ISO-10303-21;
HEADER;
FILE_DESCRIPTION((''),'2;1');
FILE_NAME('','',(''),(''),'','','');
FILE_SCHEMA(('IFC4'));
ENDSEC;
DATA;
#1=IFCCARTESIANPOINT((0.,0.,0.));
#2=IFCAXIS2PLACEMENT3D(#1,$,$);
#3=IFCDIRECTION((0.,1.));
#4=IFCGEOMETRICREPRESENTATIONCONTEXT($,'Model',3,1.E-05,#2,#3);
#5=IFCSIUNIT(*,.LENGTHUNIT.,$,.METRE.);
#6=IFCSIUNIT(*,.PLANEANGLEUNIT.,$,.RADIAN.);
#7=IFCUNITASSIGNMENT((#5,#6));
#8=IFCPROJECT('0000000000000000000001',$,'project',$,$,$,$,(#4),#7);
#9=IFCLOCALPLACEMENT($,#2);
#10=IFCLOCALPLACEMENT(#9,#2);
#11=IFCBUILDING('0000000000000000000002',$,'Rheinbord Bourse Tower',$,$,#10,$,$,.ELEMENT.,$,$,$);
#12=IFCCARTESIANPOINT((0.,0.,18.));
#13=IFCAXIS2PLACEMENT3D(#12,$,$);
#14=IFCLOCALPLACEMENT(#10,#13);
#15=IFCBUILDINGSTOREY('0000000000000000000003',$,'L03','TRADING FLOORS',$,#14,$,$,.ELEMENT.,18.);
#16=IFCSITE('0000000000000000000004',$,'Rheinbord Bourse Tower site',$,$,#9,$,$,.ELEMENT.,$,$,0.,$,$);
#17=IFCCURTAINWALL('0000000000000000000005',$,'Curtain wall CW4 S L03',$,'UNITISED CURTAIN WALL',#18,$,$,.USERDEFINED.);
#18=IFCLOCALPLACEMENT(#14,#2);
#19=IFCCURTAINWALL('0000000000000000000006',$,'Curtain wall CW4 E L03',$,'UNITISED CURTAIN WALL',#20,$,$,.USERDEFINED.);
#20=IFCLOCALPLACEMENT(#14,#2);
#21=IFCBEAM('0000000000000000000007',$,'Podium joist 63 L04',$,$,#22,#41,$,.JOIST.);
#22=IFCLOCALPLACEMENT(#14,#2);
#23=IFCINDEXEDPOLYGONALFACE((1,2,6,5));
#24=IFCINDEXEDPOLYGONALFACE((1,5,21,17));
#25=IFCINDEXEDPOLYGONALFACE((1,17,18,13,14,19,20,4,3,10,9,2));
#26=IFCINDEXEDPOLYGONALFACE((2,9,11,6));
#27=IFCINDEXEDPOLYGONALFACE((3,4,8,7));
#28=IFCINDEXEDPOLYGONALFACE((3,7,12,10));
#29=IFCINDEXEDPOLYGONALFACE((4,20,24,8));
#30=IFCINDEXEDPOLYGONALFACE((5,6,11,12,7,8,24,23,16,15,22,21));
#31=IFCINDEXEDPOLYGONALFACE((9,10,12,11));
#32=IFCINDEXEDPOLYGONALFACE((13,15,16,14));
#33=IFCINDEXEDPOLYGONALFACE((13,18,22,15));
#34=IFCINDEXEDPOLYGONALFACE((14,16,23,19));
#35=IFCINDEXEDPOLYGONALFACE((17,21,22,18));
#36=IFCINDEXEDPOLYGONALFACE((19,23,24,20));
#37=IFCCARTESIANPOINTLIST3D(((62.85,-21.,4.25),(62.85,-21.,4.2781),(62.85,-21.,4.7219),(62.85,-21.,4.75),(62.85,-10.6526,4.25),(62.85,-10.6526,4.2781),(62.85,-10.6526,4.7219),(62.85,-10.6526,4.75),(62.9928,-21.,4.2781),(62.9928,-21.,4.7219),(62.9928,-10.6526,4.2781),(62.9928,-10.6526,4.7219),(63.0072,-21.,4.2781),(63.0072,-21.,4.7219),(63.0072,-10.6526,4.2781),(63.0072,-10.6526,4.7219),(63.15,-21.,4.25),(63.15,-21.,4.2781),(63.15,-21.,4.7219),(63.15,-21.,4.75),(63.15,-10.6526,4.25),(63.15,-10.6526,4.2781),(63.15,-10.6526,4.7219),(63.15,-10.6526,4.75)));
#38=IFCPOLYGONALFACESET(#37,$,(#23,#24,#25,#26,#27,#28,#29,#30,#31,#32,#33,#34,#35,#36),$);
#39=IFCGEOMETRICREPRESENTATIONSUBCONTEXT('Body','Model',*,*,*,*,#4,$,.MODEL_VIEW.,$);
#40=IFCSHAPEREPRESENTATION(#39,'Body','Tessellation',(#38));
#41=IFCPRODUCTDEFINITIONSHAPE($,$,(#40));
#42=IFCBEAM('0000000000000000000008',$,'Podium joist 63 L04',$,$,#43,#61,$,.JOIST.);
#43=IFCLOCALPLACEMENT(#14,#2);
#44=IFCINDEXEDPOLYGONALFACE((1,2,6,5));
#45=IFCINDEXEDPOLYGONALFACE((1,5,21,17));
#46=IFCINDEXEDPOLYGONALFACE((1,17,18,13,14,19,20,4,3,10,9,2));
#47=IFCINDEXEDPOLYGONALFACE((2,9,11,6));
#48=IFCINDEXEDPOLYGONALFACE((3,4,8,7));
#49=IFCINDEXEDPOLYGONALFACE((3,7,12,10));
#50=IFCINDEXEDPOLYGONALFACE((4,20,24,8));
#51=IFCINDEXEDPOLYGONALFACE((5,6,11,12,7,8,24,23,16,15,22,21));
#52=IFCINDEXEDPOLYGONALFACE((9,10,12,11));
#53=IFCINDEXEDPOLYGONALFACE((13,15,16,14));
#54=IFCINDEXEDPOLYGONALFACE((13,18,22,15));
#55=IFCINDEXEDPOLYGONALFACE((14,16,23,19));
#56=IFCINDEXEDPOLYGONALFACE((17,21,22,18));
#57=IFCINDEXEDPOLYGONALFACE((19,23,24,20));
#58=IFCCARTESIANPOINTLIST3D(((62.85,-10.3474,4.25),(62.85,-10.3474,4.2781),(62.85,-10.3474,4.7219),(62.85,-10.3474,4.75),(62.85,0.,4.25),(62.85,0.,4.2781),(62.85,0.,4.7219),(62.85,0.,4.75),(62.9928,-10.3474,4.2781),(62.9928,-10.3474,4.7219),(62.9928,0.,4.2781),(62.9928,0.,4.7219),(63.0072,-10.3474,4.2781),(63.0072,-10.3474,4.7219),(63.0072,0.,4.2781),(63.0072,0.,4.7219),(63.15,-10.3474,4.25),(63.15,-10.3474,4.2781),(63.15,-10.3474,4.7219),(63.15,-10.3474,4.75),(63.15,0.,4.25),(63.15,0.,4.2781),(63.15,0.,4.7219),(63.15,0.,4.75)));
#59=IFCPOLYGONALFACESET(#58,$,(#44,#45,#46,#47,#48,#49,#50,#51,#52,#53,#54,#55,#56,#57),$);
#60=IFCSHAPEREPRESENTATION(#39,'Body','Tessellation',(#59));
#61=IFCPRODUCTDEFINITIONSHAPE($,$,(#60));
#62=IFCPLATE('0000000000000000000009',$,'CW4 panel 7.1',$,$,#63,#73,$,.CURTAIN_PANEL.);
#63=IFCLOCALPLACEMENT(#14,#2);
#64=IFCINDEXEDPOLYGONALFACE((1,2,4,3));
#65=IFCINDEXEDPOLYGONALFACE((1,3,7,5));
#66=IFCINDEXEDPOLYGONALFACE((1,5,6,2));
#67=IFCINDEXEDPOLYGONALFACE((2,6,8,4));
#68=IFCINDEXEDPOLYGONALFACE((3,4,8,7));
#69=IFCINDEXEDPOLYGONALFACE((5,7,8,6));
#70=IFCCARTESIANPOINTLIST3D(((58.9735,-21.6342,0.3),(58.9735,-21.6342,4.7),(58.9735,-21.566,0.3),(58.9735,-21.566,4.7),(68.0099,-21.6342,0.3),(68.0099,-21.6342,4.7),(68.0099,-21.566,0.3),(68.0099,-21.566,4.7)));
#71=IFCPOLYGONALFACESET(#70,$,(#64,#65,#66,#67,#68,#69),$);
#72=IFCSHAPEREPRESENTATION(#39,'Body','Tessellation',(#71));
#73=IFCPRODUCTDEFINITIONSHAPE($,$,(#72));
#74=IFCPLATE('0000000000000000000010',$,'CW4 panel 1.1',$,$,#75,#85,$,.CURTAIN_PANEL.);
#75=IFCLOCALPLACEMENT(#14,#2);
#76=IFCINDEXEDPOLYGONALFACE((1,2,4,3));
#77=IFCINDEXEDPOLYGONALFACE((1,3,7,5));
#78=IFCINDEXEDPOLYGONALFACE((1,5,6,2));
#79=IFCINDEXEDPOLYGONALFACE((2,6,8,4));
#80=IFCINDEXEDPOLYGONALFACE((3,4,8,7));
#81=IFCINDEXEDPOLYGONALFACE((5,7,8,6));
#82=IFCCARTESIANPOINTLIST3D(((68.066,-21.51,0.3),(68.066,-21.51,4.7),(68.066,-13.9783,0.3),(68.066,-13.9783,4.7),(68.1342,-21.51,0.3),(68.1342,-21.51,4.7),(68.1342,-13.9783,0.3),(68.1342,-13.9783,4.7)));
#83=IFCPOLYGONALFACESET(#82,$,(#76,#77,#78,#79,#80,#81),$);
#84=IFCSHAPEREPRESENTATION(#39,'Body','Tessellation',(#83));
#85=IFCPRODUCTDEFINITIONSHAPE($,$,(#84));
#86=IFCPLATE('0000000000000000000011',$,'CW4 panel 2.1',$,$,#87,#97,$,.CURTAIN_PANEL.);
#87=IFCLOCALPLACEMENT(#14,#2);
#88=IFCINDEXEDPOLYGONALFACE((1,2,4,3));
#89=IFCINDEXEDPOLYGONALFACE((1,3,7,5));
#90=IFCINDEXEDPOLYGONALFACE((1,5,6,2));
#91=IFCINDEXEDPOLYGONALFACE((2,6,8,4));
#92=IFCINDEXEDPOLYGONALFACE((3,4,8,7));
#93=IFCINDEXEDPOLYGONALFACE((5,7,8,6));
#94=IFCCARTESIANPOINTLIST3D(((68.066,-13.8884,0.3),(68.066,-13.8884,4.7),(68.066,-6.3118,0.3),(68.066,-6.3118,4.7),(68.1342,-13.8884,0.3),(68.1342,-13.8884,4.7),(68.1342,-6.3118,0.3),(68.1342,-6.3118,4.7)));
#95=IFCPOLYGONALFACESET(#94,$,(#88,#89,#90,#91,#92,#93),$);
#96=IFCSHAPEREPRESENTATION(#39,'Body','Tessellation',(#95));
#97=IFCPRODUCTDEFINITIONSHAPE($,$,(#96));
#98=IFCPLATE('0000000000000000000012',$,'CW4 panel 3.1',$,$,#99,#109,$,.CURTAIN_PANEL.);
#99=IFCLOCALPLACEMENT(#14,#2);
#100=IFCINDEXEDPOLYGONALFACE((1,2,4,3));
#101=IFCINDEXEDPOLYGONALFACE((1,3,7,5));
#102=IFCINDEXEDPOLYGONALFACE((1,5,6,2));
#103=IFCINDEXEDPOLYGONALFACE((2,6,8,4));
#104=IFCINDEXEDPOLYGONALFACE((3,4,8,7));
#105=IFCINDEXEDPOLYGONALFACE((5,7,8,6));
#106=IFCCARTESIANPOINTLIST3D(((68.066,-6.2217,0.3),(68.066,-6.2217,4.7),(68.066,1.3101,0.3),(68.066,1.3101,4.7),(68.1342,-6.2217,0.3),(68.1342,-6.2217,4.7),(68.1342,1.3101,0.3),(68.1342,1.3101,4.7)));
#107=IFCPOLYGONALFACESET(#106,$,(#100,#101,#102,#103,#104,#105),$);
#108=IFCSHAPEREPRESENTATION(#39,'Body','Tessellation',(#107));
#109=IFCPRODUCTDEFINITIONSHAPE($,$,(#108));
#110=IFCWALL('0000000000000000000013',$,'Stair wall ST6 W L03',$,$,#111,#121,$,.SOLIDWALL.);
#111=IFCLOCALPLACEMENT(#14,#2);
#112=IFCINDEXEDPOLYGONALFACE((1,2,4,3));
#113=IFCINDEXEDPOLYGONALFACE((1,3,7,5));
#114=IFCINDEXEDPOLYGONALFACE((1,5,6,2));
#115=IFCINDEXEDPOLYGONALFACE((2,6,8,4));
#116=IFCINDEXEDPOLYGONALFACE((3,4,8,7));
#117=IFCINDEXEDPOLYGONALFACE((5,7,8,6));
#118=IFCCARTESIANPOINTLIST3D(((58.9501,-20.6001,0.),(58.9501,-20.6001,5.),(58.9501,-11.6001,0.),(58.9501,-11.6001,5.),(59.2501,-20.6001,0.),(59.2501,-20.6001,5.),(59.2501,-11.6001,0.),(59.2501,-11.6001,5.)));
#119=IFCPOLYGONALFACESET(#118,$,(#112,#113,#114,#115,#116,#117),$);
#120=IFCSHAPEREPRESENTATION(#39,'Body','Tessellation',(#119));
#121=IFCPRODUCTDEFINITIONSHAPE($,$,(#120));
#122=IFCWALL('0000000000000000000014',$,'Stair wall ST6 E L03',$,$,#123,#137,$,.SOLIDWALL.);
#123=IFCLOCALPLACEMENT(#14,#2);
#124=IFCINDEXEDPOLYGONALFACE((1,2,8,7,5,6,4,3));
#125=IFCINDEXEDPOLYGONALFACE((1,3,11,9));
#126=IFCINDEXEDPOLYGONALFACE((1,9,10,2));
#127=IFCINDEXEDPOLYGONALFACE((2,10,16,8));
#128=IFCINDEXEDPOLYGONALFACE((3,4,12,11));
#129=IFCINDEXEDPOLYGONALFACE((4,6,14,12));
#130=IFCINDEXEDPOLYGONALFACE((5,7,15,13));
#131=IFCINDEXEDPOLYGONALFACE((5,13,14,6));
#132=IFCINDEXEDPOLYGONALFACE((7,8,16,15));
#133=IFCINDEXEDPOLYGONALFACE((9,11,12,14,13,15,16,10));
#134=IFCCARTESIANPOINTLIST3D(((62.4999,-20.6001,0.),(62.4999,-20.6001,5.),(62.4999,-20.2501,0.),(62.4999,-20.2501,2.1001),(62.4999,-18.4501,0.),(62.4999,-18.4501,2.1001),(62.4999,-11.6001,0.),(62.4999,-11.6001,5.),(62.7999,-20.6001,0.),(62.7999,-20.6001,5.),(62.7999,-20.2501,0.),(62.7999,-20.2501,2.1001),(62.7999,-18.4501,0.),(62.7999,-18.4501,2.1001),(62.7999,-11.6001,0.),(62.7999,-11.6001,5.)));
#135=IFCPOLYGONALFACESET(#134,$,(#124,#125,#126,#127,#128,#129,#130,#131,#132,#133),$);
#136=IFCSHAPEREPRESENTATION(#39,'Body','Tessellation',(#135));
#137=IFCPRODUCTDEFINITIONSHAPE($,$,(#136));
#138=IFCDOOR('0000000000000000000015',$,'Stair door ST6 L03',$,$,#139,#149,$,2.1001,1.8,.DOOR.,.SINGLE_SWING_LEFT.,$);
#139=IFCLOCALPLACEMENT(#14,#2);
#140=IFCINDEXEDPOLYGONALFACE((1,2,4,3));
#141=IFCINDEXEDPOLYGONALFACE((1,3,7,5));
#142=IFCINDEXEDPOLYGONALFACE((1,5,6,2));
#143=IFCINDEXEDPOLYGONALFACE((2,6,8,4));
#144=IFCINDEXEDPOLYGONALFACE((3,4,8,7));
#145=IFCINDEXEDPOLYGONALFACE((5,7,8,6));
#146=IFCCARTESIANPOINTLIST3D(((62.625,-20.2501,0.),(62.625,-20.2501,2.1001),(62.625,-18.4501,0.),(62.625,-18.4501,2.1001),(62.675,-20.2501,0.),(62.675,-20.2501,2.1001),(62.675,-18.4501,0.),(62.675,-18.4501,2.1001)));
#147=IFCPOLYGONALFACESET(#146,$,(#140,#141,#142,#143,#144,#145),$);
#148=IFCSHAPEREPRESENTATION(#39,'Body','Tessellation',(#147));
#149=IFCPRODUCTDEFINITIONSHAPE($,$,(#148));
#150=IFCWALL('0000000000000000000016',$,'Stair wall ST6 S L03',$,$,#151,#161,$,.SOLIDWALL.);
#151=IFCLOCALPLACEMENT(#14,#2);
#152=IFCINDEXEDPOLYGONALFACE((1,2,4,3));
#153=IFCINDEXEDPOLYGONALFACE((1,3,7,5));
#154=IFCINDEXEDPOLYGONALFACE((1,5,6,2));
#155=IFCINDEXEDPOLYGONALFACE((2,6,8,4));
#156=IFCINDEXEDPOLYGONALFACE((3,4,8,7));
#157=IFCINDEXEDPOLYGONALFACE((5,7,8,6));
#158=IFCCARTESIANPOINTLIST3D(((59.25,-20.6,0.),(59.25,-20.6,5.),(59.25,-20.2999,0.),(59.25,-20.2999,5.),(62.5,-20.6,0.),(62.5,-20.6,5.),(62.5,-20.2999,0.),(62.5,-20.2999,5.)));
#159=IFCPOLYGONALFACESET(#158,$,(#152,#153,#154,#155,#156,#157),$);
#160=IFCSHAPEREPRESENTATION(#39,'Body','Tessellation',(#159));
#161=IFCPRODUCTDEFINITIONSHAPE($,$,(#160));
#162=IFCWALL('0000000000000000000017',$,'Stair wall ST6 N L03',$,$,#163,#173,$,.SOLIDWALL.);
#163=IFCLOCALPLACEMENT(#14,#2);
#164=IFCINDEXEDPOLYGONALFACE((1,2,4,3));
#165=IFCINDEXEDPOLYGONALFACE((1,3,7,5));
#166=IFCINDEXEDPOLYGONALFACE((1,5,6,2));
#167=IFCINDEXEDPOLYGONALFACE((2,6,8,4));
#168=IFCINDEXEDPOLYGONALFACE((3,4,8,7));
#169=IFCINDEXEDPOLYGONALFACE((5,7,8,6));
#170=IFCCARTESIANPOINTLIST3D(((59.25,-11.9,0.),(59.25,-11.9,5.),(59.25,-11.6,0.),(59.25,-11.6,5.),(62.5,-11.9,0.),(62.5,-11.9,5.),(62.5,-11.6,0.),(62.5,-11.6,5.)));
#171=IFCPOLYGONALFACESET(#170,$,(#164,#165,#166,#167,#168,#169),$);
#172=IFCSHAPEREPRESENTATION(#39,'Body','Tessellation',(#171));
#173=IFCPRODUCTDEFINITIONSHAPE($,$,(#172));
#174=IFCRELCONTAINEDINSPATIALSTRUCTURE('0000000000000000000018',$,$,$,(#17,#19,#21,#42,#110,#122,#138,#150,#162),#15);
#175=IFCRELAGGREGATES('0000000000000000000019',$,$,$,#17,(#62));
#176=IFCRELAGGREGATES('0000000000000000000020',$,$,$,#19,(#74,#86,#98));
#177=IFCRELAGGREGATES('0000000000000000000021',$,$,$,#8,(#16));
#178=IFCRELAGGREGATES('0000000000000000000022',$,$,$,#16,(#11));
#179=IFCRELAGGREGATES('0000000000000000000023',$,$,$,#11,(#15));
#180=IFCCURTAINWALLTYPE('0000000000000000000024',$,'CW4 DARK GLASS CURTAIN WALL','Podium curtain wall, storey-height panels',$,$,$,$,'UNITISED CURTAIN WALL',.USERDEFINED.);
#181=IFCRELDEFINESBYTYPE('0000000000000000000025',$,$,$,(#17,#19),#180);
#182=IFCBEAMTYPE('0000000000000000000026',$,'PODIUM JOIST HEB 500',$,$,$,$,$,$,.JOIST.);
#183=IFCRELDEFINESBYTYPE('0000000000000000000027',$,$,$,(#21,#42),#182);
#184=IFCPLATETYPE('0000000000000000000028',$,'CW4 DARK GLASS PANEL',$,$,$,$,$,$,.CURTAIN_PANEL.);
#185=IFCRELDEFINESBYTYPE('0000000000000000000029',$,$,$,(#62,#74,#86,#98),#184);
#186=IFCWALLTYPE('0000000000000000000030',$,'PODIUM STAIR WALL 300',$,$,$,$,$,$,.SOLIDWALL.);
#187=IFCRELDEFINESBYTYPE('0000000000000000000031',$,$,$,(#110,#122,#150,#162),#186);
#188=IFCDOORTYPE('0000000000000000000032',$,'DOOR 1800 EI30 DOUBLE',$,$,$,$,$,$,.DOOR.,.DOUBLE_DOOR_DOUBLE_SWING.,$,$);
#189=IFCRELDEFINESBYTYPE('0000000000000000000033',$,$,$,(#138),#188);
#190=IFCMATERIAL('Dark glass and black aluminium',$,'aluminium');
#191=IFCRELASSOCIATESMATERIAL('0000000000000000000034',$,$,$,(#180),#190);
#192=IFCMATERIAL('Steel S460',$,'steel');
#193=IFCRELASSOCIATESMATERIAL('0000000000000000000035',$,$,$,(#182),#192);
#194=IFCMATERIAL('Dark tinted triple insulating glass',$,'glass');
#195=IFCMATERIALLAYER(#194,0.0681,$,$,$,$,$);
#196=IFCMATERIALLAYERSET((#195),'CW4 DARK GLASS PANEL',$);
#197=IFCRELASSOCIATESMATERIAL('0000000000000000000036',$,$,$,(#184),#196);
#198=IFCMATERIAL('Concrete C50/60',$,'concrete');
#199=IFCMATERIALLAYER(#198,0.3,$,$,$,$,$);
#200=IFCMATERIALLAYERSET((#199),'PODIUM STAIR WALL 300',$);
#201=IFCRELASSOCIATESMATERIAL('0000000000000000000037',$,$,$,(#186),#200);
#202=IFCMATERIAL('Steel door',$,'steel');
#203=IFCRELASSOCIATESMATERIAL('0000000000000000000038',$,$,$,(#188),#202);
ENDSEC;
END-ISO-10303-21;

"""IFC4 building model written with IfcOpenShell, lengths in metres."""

from ifc_helpers import new_model, si_unit, direction, frame, frame_2d, origin, origin_2d, place, context, subcontext, project, spatial, rectangle, i_section, extrude, material, layer, layer_set, material_profile, profile_set, type_object, element, fill, aggregate, save


model = new_model("IFC4")

# Units and contexts
model_context = context("Model", 3, precision=1e-05, world=origin(), true_north=direction((0.0, 1.0)))
body_context = subcontext(model_context, "Body", "Model", "MODEL_VIEW")
ifc_project = project(units=[si_unit("LENGTHUNIT", "METRE"), si_unit("PLANEANGLEUNIT", "RADIAN")], contexts=[model_context])

# Site, building, storey
site_placement = place(None, origin())
site = spatial("IfcSite", under=ifc_project, at=site_placement, Name="Rheinbord Bourse Tower site", CompositionType="ELEMENT", RefElevation=0.0)
building_placement = place(site_placement, origin())
building = spatial("IfcBuilding", under=site, at=building_placement, Name="Rheinbord Bourse Tower", CompositionType="ELEMENT")
storey_placement = place(building_placement, frame((0.0, 0.0, 18.0)))
storey = spatial("IfcBuildingStorey", under=building, at=storey_placement, Name="L03", Description="TRADING FLOORS", CompositionType="ELEMENT", Elevation=18.0)

# Curtain walls
ifc_material_1 = material(Name="Dark glass and black aluminium", Category="aluminium")
curtain_wall_type = type_object("IfcCurtainWallType", Name="CW4 DARK GLASS CURTAIN WALL", Description="Podium curtain wall, storey-height panels", ElementType="UNITISED CURTAIN WALL", PredefinedType="USERDEFINED", material=ifc_material_1)
curtain_wall_1_placement = place(storey_placement, origin())
curtain_wall_1 = element("IfcCurtainWall", 1, at=curtain_wall_1_placement, inside=storey, type_object=curtain_wall_type, Name="Curtain wall CW4 S L03", ObjectType="UNITISED CURTAIN WALL", PredefinedType="USERDEFINED")
curtain_wall_2_placement = place(storey_placement, origin())
curtain_wall_2 = element("IfcCurtainWall", 2, at=curtain_wall_2_placement, inside=storey, type_object=curtain_wall_type, Name="Curtain wall CW4 E L03", ObjectType="UNITISED CURTAIN WALL", PredefinedType="USERDEFINED")

# Beams
ifc_material_2 = material(Name="Steel S460", Category="steel")
ifc_material_profile_1 = material_profile(ifc_material_2, i_section(OverallWidth=0.3, OverallDepth=0.5, WebThickness=0.0144, FlangeThickness=0.0281, at=origin_2d()), Name="HEB 500")
ifc_profile_set_1 = profile_set([ifc_material_profile_1], Name="Steel S460")
beam_type_1 = type_object("IfcBeamType", Name="PODIUM JOIST HEB 500", PredefinedType="JOIST", material=ifc_profile_set_1)
for number, where, z_axis, x_axis, name in (
    (3, (63.0, -21.0, 4.5), (0.0, 1.0, 0.0), (-1.0, 0.0, 0.0), "Podium joist 63 L04"),
    (4, (63.0, -10.3474, 4.5), (0.0, 1.0, 0.0), (-1.0, 0.0, 0.0), "Podium joist 63 L04"),
):
    element("IfcBeam", number, at=place(storey_placement, frame(where, z_axis=z_axis, x_axis=x_axis)), inside=storey, type_object=beam_type_1, Name=name, PredefinedType="JOIST", context=body_context, shape_type="SweptSolid", body=[
        extrude(i_section(OverallWidth=0.3, OverallDepth=0.5, WebThickness=0.0144, FlangeThickness=0.0281, at=origin_2d()), origin(), (0.0, 0.0, 1.0), 10.3474),
    ])

# Plates
ifc_material_3 = material(Name="Dark tinted triple insulating glass", Category="glass")
ifc_layer_1 = layer(ifc_material_3, 0.0681)
ifc_layer_set_1 = layer_set([ifc_layer_1], Name="CW4 DARK GLASS PANEL")
plate_type = type_object("IfcPlateType", Name="CW4 DARK GLASS PANEL", PredefinedType="CURTAIN_PANEL", material=ifc_layer_set_1)
plate_1_placement = place(storey_placement, frame((63.4917, -21.6001, 0.3), z_axis=(0.0, 0.0, 1.0), x_axis=(1.0, 0.0, 0.0)))
plate_1 = element("IfcPlate", 5, at=plate_1_placement, type_object=plate_type, Name="CW4 panel 7.1", PredefinedType="CURTAIN_PANEL", context=body_context, shape_type="SweptSolid", body=[
    extrude(rectangle(XDim=9.0364, YDim=0.0681, at=origin_2d()), origin(), (0.0, 0.0, 1.0), 4.3999),
])
aggregate(curtain_wall_1, [plate_1])
plate_2_placement = place(storey_placement, frame((68.1001, -17.7441, 0.3), z_axis=(0.0, 0.0, 1.0), x_axis=(0.0, 1.0, 0.0)))
plate_2 = element("IfcPlate", 6, at=plate_2_placement, type_object=plate_type, Name="CW4 panel 1.1", PredefinedType="CURTAIN_PANEL", context=body_context, shape_type="SweptSolid", body=[
    extrude(rectangle(XDim=7.5317, YDim=0.0681, at=origin_2d()), origin(), (0.0, 0.0, 1.0), 4.3999),
])
plate_3_placement = place(storey_placement, frame((68.1001, -10.1001, 0.3), z_axis=(0.0, 0.0, 1.0), x_axis=(0.0, 1.0, 0.0)))
plate_3 = element("IfcPlate", 7, at=plate_3_placement, type_object=plate_type, Name="CW4 panel 2.1", PredefinedType="CURTAIN_PANEL", context=body_context, shape_type="SweptSolid", body=[
    extrude(rectangle(XDim=7.5767, YDim=0.0681, at=origin_2d()), origin(), (0.0, 0.0, 1.0), 4.3999),
])
plate_4_placement = place(storey_placement, frame((68.1001, -2.4558, 0.3), z_axis=(0.0, 0.0, 1.0), x_axis=(0.0, 1.0, 0.0)))
plate_4 = element("IfcPlate", 8, at=plate_4_placement, type_object=plate_type, Name="CW4 panel 3.1", PredefinedType="CURTAIN_PANEL", context=body_context, shape_type="SweptSolid", body=[
    extrude(rectangle(XDim=7.5317, YDim=0.0681, at=origin_2d()), origin(), (0.0, 0.0, 1.0), 4.3999),
])
aggregate(curtain_wall_2, [plate_2, plate_3, plate_4])

# Wall
ifc_material_4 = material(Name="Concrete C50/60", Category="concrete")
ifc_layer_2 = layer(ifc_material_4, 0.3)
ifc_layer_set_2 = layer_set([ifc_layer_2], Name="PODIUM STAIR WALL 300")
wall_type = type_object("IfcWallType", Name="PODIUM STAIR WALL 300", PredefinedType="SOLIDWALL", material=ifc_layer_set_2)
wall_1_placement = place(storey_placement, frame((59.1001, -20.6001, 0.0), z_axis=(0.0, 0.0, 1.0), x_axis=(0.0, 1.0, 0.0)))
element("IfcWall", 9, at=wall_1_placement, inside=storey, type_object=wall_type, Name="Stair wall ST6 W L03", PredefinedType="SOLIDWALL", context=body_context, shape_type="SweptSolid", body=[
    extrude(rectangle(XDim=9.0, YDim=0.3, at=frame_2d((4.5, 0.0))), origin(), (0.0, 0.0, 1.0), 5.0),
])

# Wall, opening, door
wall_2_placement = place(storey_placement, frame((62.6499, -20.6001, 0.0), z_axis=(0.0, 0.0, 1.0), x_axis=(0.0, 1.0, 0.0)))
wall_2 = element("IfcWall", 10, at=wall_2_placement, inside=storey, type_object=wall_type, Name="Stair wall ST6 E L03", PredefinedType="SOLIDWALL", context=body_context, shape_type="SweptSolid", body=[
    extrude(rectangle(XDim=9.0, YDim=0.3, at=frame_2d((4.5, 0.0))), origin(), (0.0, 0.0, 1.0), 5.0),
])
opening_placement = place(wall_2_placement, frame((0.3501, 0.0, 0.0)))
opening = element("IfcOpeningElement", 11, at=opening_placement, cuts=wall_2, PredefinedType="OPENING", context=body_context, shape_type="SweptSolid", body=[
    extrude(rectangle(XDim=1.8, YDim=2.1001, at=frame_2d((0.8999, 1.05))), frame((0.0, 0.1599, 0.0), z_axis=(0.0, -1.0, 0.0), x_axis=(1.0, 0.0, 0.0)), (0.0, 0.0, 1.0), 0.3201),
])
ifc_material_5 = material(Name="Steel door", Category="steel")
door_type = type_object("IfcDoorType", Name="DOOR 1800 EI30 DOUBLE", OperationType="DOUBLE_DOOR_DOUBLE_SWING", PredefinedType="DOOR", material=ifc_material_5)
door_placement = place(opening_placement, origin())
door = element("IfcDoor", 12, at=door_placement, inside=storey, type_object=door_type, Name="Stair door ST6 L03", OperationType="SINGLE_SWING_LEFT", OverallHeight=2.1001, OverallWidth=1.8, PredefinedType="DOOR", context=body_context, shape_type="SweptSolid", body=[
    extrude(rectangle(XDim=1.8, YDim=2.1001, at=frame_2d((0.8999, 1.05))), frame((0.0, 0.0249, 0.0), z_axis=(0.0, -1.0, 0.0), x_axis=(1.0, 0.0, 0.0)), (0.0, 0.0, 1.0), 0.05),
])
fill(opening, door)

# Walls
for number, where, z_axis, x_axis, name in (
    (13, (59.25, -20.45, 0.0), (0.0, 0.0, 1.0), (1.0, 0.0, 0.0), "Stair wall ST6 S L03"),
    (14, (59.25, -11.75, 0.0), (0.0, 0.0, 1.0), (1.0, 0.0, 0.0), "Stair wall ST6 N L03"),
):
    element("IfcWall", number, at=place(storey_placement, frame(where, z_axis=z_axis, x_axis=x_axis)), inside=storey, type_object=wall_type, Name=name, PredefinedType="SOLIDWALL", context=body_context, shape_type="SweptSolid", body=[
        extrude(rectangle(XDim=3.25, YDim=0.3, at=frame_2d((1.625, 0.0))), origin(), (0.0, 0.0, 1.0), 5.0),
    ])

save(model, "model.ifc")
